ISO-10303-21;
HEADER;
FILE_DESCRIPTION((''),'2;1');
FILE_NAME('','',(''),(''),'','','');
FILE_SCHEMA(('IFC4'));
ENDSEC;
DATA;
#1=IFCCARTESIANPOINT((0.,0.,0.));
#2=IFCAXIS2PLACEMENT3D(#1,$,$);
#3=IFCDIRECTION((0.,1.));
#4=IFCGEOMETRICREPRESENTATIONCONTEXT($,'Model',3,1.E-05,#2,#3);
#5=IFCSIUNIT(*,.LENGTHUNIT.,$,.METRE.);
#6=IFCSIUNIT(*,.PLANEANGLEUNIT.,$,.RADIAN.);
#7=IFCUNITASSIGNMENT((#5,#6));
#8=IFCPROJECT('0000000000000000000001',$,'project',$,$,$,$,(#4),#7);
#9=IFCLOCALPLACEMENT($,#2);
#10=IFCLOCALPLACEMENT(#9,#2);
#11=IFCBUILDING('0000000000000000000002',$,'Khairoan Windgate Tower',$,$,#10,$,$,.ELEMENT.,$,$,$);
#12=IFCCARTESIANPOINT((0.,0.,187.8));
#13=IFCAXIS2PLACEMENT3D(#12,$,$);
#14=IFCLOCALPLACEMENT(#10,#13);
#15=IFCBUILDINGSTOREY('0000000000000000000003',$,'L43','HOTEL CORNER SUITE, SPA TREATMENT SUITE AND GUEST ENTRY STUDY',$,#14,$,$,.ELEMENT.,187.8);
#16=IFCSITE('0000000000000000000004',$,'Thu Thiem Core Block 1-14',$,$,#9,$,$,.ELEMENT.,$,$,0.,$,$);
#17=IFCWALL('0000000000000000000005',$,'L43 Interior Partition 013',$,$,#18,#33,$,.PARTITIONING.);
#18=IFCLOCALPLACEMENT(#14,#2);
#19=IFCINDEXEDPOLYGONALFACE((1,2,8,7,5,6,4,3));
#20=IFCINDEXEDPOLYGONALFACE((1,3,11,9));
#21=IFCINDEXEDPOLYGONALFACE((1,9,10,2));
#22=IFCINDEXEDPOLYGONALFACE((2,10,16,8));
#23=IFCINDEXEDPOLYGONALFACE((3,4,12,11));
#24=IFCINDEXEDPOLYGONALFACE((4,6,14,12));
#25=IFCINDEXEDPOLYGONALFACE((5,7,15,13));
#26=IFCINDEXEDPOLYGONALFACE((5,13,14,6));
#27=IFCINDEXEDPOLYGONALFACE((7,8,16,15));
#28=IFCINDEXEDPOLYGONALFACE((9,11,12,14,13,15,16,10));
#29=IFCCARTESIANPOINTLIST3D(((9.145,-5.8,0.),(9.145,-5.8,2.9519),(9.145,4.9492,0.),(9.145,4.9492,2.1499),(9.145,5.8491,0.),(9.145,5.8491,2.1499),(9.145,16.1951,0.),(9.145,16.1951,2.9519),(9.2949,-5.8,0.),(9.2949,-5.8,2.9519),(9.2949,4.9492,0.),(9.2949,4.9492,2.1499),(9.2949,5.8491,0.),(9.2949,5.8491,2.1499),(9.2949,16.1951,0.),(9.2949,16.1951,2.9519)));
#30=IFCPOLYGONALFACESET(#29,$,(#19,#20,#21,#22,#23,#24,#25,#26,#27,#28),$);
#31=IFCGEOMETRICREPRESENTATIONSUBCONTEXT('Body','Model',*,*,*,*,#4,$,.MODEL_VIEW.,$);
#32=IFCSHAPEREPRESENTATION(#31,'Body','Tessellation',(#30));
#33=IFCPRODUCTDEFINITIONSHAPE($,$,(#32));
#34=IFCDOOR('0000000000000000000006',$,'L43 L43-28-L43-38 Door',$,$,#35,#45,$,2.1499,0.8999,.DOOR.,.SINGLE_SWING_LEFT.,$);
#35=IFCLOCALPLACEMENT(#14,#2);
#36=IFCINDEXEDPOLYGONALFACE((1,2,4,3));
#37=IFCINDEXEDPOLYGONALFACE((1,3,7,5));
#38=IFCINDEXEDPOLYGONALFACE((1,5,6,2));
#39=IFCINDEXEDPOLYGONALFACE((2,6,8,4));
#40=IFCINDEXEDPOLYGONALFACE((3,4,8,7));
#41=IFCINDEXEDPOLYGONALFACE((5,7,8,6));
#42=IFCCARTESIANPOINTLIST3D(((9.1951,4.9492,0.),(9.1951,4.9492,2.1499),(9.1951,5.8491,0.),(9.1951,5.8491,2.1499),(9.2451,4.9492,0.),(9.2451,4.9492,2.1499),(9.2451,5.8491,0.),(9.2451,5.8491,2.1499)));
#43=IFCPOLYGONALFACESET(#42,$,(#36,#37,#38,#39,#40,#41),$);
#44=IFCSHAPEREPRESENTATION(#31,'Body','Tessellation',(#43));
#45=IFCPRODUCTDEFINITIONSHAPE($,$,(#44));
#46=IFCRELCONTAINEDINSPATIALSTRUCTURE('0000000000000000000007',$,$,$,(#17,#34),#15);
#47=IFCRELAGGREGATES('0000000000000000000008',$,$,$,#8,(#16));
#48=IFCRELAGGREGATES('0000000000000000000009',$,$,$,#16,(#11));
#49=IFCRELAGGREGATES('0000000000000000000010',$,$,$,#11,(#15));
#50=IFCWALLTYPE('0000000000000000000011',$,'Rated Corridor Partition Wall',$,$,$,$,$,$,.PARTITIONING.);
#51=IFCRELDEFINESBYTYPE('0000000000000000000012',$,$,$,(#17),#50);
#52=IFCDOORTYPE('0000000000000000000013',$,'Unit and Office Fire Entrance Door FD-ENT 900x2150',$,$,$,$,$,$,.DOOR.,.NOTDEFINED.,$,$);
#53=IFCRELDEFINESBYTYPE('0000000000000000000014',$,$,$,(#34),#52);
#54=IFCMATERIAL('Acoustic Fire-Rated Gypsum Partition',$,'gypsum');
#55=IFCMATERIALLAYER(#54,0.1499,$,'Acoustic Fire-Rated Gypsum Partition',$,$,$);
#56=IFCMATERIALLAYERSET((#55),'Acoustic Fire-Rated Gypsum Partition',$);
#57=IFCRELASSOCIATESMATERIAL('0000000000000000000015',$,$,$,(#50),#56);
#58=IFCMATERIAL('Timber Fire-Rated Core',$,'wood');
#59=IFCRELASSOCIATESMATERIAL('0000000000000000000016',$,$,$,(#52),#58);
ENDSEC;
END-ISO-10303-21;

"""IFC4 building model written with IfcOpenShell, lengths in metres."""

from ifc_helpers import new_model, si_unit, direction, frame, frame_2d, origin, place, context, subcontext, project, spatial, rectangle, extrude, material, layer, layer_set, type_object, element, fill, save


model = new_model("IFC4")

# Units and contexts
model_context = context("Model", 3, precision=1e-05, world=origin(), true_north=direction((0.0, 1.0)))
body_context = subcontext(model_context, "Body", "Model", "MODEL_VIEW")
ifc_project = project(units=[si_unit("LENGTHUNIT", "METRE"), si_unit("PLANEANGLEUNIT", "RADIAN")], contexts=[model_context])

# Site, building, storey
site_placement = place(None, origin())
site = spatial("IfcSite", under=ifc_project, at=site_placement, Name="Thu Thiem Core Block 1-14", CompositionType="ELEMENT", RefElevation=0.0)
building_placement = place(site_placement, origin())
building = spatial("IfcBuilding", under=site, at=building_placement, Name="Khairoan Windgate Tower", CompositionType="ELEMENT")
storey_placement = place(building_placement, frame((0.0, 0.0, 187.8)))
storey = spatial("IfcBuildingStorey", under=building, at=storey_placement, Name="L43", Description="HOTEL CORNER SUITE, SPA TREATMENT SUITE AND GUEST ENTRY STUDY", CompositionType="ELEMENT", Elevation=187.8)

# Wall, opening, door
ifc_material_1 = material(Name="Acoustic Fire-Rated Gypsum Partition", Category="gypsum")
ifc_layer_1 = layer(ifc_material_1, 0.1499, Name="Acoustic Fire-Rated Gypsum Partition")
ifc_layer_set_1 = layer_set([ifc_layer_1], Name="Acoustic Fire-Rated Gypsum Partition")
wall_type_1 = type_object("IfcWallType", Name="Rated Corridor Partition Wall", PredefinedType="PARTITIONING", material=ifc_layer_set_1)
ifc_material_2 = material(Name="Timber Fire-Rated Core", Category="wood")
door_type = type_object("IfcDoorType", Name="Unit and Office Fire Entrance Door FD-ENT 900x2150", OperationType="NOTDEFINED", PredefinedType="DOOR", material=ifc_material_2)
wall_1_placement = place(storey_placement, frame((9.22, -5.8, 0.0), z_axis=(0.0, 0.0, 1.0), x_axis=(0.0, 1.0, 0.0)))
wall_1 = element("IfcWall", 1, at=wall_1_placement, inside=storey, type_object=wall_type_1, Name="L43 Interior Partition 013", PredefinedType="PARTITIONING", context=body_context, shape_type="SweptSolid", body=[
    extrude(rectangle(XDim=21.9951, YDim=0.1499, at=frame_2d((10.9976, 0.0))), origin(), (0.0, 0.0, 1.0), 2.9519),
])
opening_1_placement = place(wall_1_placement, frame((10.7493, 0.0, 0.0)))
opening_1 = element("IfcOpeningElement", 2, at=opening_1_placement, cuts=wall_1, PredefinedType="OPENING", context=body_context, shape_type="SweptSolid", body=[
    extrude(rectangle(XDim=0.8999, YDim=2.1499, at=frame_2d((0.45, 1.075))), frame((0.0, 0.085, 0.0), z_axis=(0.0, -1.0, 0.0), x_axis=(1.0, 0.0, 0.0)), (0.0, 0.0, 1.0), 0.1699),
])
door_1_placement = place(opening_1_placement, origin())
door_1 = element("IfcDoor", 3, at=door_1_placement, inside=storey, type_object=door_type, Name="L43 L43-28-L43-38 Door", OperationType="SINGLE_SWING_LEFT", OverallHeight=2.1499, OverallWidth=0.8999, PredefinedType="DOOR", context=body_context, shape_type="SweptSolid", body=[
    extrude(rectangle(XDim=0.8999, YDim=2.1499, at=frame_2d((0.45, 1.075))), frame((0.0, 0.0249, 0.0), z_axis=(0.0, -1.0, 0.0), x_axis=(1.0, 0.0, 0.0)), (0.0, 0.0, 1.0), 0.05),
])
fill(opening_1, door_1)

save(model, "model.ifc")
